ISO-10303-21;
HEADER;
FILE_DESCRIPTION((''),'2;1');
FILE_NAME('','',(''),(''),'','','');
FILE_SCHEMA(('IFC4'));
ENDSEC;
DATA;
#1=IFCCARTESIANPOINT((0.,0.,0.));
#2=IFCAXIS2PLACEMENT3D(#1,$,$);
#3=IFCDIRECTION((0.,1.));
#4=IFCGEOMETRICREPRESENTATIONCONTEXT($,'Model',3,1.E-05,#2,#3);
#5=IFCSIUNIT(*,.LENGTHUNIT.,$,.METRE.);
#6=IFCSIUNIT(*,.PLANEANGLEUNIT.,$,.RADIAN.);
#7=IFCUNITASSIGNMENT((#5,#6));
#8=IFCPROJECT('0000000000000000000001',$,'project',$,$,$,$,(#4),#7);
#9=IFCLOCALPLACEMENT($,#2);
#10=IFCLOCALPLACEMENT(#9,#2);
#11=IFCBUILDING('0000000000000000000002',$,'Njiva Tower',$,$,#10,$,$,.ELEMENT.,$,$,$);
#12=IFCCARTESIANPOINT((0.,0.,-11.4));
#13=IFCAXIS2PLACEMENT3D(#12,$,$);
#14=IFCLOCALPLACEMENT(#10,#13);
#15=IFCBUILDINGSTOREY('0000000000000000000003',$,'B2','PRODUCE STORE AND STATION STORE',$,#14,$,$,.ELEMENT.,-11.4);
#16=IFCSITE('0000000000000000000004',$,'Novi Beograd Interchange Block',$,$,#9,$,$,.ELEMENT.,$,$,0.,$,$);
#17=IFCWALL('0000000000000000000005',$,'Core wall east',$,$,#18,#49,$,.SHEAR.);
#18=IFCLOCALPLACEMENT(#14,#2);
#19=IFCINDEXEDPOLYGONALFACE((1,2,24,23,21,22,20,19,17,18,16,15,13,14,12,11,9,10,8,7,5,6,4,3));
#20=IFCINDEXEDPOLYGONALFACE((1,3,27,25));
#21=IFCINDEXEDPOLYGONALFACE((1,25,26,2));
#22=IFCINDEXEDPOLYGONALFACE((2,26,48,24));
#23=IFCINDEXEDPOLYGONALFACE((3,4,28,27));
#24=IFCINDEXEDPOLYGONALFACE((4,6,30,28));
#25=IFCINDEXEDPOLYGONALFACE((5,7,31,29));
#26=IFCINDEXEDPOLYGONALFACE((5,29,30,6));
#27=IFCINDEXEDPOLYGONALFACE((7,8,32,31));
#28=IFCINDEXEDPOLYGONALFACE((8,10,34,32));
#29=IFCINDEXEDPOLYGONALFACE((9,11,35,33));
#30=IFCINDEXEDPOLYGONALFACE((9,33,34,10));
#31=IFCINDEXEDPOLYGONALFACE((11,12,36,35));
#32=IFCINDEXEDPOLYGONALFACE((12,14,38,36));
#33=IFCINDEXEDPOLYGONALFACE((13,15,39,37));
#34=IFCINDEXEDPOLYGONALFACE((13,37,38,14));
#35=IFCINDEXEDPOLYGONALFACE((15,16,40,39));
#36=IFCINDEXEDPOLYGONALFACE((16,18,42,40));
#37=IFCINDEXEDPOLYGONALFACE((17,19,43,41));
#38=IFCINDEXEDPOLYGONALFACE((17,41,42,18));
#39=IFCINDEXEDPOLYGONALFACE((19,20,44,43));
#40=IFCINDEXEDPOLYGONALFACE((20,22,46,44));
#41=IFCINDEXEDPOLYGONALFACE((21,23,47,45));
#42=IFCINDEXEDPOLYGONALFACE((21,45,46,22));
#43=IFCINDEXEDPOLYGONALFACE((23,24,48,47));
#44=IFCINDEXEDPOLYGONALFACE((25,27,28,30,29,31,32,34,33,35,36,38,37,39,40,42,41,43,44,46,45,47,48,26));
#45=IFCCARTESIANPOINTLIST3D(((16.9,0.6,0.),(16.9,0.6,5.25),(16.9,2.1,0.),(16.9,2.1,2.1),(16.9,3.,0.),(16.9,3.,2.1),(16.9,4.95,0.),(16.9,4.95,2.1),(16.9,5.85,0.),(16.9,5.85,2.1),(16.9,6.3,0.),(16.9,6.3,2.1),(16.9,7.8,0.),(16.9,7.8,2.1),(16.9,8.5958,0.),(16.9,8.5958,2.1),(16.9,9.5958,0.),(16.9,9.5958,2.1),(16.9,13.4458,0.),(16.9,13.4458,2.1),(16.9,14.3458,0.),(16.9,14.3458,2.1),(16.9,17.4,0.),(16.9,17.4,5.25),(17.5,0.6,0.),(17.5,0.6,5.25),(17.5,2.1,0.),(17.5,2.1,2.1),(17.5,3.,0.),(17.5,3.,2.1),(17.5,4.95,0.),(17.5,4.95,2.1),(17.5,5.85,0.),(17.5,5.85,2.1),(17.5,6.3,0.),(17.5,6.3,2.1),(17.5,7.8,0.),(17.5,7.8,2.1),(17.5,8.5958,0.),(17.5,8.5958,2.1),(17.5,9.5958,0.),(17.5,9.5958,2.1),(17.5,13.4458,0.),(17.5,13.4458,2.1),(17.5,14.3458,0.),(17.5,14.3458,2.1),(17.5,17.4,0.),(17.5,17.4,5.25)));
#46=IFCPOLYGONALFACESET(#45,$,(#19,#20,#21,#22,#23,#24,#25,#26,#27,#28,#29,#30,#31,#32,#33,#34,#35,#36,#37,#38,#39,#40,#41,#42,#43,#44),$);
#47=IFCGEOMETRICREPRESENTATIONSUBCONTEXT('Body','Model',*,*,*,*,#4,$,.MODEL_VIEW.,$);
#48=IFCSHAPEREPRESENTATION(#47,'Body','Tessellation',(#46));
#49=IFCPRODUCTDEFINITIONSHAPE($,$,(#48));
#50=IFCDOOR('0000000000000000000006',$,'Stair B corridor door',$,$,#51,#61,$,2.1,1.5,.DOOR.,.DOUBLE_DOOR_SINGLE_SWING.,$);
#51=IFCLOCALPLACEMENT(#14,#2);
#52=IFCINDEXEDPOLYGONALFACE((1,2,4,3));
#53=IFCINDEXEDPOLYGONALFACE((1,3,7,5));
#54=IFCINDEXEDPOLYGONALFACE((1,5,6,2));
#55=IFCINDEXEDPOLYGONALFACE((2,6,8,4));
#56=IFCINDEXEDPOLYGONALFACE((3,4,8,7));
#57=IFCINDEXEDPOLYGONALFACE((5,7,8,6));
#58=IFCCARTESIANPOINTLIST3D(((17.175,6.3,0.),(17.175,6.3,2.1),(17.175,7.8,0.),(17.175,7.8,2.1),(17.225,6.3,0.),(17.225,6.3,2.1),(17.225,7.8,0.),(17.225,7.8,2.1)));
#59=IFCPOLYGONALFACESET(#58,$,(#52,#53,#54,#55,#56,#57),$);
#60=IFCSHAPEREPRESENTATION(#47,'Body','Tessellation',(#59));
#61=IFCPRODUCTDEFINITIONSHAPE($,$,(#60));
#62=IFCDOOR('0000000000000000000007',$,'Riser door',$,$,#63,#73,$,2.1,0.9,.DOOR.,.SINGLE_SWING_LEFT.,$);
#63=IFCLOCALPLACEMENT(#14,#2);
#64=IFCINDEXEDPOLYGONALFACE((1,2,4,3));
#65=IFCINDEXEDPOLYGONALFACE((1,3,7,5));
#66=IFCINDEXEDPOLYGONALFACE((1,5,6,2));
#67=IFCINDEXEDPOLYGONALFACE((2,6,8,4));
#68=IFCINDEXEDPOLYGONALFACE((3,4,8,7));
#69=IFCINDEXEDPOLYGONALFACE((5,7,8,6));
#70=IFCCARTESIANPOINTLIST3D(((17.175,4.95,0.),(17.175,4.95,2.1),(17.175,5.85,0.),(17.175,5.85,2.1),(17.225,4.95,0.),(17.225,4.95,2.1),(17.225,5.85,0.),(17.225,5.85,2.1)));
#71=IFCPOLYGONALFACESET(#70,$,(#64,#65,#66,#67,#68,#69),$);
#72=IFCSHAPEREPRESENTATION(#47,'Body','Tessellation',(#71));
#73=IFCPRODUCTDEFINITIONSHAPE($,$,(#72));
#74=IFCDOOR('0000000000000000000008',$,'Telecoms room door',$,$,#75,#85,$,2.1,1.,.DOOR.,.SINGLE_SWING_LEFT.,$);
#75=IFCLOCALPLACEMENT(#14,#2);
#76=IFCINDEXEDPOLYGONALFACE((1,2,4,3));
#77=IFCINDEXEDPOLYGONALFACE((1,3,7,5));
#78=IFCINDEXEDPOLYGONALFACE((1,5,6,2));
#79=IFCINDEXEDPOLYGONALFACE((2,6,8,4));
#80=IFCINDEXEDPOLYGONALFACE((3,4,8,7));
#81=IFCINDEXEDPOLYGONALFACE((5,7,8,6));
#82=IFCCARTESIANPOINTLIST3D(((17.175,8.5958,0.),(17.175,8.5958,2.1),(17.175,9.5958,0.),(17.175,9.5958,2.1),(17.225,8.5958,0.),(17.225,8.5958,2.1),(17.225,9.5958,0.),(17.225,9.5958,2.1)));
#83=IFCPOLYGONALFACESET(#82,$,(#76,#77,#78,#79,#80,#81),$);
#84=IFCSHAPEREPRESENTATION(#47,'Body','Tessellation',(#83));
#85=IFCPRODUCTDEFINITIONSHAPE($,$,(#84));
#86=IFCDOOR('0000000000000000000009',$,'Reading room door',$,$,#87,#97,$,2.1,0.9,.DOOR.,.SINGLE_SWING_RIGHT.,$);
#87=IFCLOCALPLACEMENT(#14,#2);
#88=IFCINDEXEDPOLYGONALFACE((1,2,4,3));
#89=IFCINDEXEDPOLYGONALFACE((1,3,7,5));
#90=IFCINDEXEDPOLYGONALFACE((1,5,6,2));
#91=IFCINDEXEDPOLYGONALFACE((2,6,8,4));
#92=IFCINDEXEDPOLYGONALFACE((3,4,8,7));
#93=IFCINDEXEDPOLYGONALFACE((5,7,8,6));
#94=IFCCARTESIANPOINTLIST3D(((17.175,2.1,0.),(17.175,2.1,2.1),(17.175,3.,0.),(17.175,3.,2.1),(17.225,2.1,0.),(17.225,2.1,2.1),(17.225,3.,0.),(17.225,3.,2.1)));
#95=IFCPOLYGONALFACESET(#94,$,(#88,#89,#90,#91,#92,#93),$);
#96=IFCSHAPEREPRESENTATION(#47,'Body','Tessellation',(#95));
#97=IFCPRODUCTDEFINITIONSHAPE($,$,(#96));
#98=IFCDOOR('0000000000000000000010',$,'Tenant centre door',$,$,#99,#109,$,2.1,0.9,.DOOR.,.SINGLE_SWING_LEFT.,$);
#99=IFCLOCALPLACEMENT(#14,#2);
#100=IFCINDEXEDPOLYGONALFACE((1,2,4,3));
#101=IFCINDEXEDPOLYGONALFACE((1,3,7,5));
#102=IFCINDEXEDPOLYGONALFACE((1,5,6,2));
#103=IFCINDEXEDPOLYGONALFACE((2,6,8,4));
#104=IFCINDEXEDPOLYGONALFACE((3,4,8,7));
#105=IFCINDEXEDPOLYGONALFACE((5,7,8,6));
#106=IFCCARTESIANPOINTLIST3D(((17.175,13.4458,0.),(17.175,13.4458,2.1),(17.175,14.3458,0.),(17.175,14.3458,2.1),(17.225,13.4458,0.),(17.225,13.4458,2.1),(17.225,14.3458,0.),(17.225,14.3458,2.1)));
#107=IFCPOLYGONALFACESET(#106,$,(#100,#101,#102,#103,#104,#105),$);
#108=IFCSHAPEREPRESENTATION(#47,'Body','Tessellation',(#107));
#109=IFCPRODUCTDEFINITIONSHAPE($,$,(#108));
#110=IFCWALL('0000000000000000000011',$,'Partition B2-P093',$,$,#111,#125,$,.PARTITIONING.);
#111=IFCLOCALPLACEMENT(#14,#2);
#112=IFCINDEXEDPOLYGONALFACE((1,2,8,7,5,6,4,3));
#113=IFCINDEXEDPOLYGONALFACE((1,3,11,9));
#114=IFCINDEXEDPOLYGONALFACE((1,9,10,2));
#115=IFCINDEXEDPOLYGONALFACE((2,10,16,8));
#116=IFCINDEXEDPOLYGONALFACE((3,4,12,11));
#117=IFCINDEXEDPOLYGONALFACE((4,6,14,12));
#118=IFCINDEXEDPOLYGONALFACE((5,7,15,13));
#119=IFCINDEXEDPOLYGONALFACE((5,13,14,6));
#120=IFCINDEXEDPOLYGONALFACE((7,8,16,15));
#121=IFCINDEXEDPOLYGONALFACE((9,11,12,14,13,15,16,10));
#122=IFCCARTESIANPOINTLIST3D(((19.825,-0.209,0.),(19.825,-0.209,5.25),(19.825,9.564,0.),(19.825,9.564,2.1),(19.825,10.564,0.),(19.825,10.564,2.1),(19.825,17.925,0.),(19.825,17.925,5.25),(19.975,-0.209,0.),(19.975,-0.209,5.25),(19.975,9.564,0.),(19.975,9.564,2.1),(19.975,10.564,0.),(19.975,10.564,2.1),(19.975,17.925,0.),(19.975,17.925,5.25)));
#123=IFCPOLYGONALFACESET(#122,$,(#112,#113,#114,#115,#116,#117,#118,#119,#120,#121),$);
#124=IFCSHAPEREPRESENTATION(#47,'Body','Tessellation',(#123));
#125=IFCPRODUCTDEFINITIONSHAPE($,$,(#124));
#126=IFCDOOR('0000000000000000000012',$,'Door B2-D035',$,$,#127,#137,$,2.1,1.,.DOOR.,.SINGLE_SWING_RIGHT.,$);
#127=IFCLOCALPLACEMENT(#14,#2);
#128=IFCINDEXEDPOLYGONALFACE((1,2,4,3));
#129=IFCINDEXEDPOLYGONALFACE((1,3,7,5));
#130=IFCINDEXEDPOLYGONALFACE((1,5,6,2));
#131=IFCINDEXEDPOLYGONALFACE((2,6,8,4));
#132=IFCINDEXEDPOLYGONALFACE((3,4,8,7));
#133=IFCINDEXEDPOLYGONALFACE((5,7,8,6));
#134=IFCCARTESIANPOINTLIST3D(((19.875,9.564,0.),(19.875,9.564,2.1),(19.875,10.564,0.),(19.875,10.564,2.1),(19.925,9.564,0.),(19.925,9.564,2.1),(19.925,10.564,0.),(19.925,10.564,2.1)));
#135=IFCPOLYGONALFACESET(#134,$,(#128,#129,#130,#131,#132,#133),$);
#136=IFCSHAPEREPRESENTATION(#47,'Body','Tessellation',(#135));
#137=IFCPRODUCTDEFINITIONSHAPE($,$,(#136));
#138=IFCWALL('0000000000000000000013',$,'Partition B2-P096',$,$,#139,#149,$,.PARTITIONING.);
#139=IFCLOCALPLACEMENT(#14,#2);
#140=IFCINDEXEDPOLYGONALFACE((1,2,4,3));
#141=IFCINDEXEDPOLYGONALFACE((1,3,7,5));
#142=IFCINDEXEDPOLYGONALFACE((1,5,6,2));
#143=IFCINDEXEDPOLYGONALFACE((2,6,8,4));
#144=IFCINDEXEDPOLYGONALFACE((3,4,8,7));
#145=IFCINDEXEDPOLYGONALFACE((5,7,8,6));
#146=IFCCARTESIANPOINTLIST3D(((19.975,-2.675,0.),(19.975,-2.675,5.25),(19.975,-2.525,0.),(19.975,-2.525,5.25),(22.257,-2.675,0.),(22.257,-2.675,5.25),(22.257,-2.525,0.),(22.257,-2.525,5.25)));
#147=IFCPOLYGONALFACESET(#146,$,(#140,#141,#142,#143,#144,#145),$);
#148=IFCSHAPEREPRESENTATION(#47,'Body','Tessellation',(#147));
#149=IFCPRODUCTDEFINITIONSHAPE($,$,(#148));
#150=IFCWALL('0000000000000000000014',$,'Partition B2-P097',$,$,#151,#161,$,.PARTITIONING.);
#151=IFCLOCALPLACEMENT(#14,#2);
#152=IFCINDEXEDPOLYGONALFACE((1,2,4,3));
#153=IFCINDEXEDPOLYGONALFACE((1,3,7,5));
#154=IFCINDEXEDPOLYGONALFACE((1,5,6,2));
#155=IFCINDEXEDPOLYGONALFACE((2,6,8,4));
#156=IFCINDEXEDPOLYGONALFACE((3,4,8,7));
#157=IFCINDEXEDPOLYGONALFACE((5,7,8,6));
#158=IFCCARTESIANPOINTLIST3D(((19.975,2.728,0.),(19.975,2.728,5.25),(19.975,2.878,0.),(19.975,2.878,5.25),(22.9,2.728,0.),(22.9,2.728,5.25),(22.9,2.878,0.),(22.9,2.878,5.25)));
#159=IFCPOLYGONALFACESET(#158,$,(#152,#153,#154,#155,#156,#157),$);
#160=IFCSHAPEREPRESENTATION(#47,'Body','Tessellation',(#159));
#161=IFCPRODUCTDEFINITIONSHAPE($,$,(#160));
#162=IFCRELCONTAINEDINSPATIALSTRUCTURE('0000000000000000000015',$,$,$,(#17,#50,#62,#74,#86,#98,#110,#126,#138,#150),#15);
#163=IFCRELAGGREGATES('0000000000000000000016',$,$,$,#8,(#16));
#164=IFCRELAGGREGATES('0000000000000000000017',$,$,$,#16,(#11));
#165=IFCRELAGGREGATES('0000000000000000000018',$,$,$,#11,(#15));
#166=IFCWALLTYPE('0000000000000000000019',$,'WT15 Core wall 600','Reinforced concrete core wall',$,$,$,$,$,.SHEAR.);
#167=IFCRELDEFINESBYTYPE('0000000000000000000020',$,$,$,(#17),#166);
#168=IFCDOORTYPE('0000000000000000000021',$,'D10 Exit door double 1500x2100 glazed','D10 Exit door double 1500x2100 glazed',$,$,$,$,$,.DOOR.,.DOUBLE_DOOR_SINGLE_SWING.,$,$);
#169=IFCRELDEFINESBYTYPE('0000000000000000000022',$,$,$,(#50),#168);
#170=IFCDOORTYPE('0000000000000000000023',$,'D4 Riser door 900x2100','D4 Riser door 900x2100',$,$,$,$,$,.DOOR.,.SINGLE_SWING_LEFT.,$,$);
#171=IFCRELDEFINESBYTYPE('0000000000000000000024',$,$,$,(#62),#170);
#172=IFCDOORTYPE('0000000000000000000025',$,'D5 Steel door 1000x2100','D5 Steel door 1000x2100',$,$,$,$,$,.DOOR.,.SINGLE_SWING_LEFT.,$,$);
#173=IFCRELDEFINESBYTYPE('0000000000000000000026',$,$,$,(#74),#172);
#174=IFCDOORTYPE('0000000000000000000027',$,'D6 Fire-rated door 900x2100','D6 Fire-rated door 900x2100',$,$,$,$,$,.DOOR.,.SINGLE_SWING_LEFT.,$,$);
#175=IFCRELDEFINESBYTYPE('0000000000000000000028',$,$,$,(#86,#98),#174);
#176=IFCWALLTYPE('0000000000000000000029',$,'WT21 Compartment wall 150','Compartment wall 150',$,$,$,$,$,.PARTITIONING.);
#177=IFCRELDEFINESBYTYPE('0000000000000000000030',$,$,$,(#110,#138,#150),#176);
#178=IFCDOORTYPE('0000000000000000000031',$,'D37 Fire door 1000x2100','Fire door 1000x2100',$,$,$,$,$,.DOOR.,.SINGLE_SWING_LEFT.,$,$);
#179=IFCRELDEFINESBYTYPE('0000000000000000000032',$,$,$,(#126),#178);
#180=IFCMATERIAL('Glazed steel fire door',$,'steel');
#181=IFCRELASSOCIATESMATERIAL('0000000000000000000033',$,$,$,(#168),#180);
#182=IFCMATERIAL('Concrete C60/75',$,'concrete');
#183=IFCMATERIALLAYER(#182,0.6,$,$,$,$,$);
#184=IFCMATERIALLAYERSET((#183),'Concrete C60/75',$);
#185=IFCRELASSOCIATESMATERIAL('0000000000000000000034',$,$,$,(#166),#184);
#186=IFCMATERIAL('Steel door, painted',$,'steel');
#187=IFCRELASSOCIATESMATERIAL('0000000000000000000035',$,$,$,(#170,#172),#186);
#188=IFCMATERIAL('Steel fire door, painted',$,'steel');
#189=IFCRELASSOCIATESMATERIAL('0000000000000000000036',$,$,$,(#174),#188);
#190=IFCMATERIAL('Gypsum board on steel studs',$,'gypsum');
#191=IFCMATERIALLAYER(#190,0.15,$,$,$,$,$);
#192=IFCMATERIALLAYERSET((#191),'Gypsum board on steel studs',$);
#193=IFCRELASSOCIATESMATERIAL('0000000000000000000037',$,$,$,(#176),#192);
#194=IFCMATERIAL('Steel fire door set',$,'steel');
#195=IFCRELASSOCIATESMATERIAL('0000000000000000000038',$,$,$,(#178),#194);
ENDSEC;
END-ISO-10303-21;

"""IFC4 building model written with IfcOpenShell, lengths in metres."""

from ifc_helpers import new_model, si_unit, direction, frame, frame_2d, origin, place, context, subcontext, project, spatial, rectangle, extrude, material, layer, layer_set, type_object, element, fill, save


model = new_model("IFC4")

# Units and contexts
model_context = context("Model", 3, precision=1e-05, world=origin(), true_north=direction((0.0, 1.0)))
body_context = subcontext(model_context, "Body", "Model", "MODEL_VIEW")
ifc_project = project(units=[si_unit("LENGTHUNIT", "METRE"), si_unit("PLANEANGLEUNIT", "RADIAN")], contexts=[model_context])

# Site, building, storey
site_placement = place(None, origin())
site = spatial("IfcSite", under=ifc_project, at=site_placement, Name="Novi Beograd Interchange Block", CompositionType="ELEMENT", RefElevation=0.0)
building_placement = place(site_placement, origin())
building = spatial("IfcBuilding", under=site, at=building_placement, Name="Njiva Tower", CompositionType="ELEMENT")
storey_placement = place(building_placement, frame((0.0, 0.0, -11.4)))
storey = spatial("IfcBuildingStorey", under=building, at=storey_placement, Name="B2", Description="PRODUCE STORE AND STATION STORE", CompositionType="ELEMENT", Elevation=-11.4)

# Shared definitions
ifc_material_1 = material(Name="Glazed steel fire door", Category="steel")
door_type_1 = type_object("IfcDoorType", Name="D10 Exit door double 1500x2100 glazed", Description="D10 Exit door double 1500x2100 glazed", OperationType="DOUBLE_DOOR_SINGLE_SWING", PredefinedType="DOOR", material=ifc_material_1)

# Wall, openings, doors
ifc_material_2 = material(Name="Concrete C60/75", Category="concrete")
ifc_layer_1 = layer(ifc_material_2, 0.6)
ifc_layer_set_1 = layer_set([ifc_layer_1], Name="Concrete C60/75")
wall_type_1 = type_object("IfcWallType", Name="WT15 Core wall 600", Description="Reinforced concrete core wall", PredefinedType="SHEAR", material=ifc_layer_set_1)
wall_1_placement = place(storey_placement, frame((17.2, 0.6, 0.0), z_axis=(0.0, 0.0, 1.0), x_axis=(0.0, 1.0, 0.0)))
wall_1 = element("IfcWall", 1, at=wall_1_placement, inside=storey, type_object=wall_type_1, Name="Core wall east", PredefinedType="SHEAR", context=body_context, shape_type="SweptSolid", body=[
    extrude(rectangle(XDim=16.8, YDim=0.6, at=frame_2d((8.4, 0.0))), origin(), (0.0, 0.0, 1.0), 5.25),
])
opening_1_placement = place(wall_1_placement, frame((5.7, 0.0, 0.0)))
opening_1 = element("IfcOpeningElement", 2, at=opening_1_placement, cuts=wall_1, PredefinedType="OPENING", context=body_context, shape_type="SweptSolid", body=[
    extrude(rectangle(XDim=1.5, YDim=2.1, at=frame_2d((0.75, 1.05))), frame((0.0, 0.31, 0.0), z_axis=(0.0, -1.0, 0.0), x_axis=(1.0, 0.0, 0.0)), (0.0, 0.0, 1.0), 0.62),
])
opening_2_placement = place(wall_1_placement, frame((1.5, 0.0, 0.0)))
opening_2 = element("IfcOpeningElement", 3, at=opening_2_placement, cuts=wall_1, PredefinedType="OPENING", context=body_context, shape_type="SweptSolid", body=[
    extrude(rectangle(XDim=0.9, YDim=2.1, at=frame_2d((0.45, 1.05))), frame((0.0, 0.31, 0.0), z_axis=(0.0, -1.0, 0.0), x_axis=(1.0, 0.0, 0.0)), (0.0, 0.0, 1.0), 0.62),
])
opening_3_placement = place(wall_1_placement, frame((4.35, 0.0, 0.0)))
opening_3 = element("IfcOpeningElement", 4, at=opening_3_placement, cuts=wall_1, PredefinedType="OPENING", context=body_context, shape_type="SweptSolid", body=[
    extrude(rectangle(XDim=0.9, YDim=2.1, at=frame_2d((0.45, 1.05))), frame((0.0, 0.31, 0.0), z_axis=(0.0, -1.0, 0.0), x_axis=(1.0, 0.0, 0.0)), (0.0, 0.0, 1.0), 0.62),
])
opening_4_placement = place(wall_1_placement, frame((7.9958, 0.0, 0.0)))
opening_4 = element("IfcOpeningElement", 5, at=opening_4_placement, cuts=wall_1, PredefinedType="OPENING", context=body_context, shape_type="SweptSolid", body=[
    extrude(rectangle(XDim=1.0, YDim=2.1, at=frame_2d((0.5, 1.05))), frame((0.0, 0.31, 0.0), z_axis=(0.0, -1.0, 0.0), x_axis=(1.0, 0.0, 0.0)), (0.0, 0.0, 1.0), 0.62),
])
opening_5_placement = place(wall_1_placement, frame((12.8458, 0.0, 0.0)))
opening_5 = element("IfcOpeningElement", 6, at=opening_5_placement, cuts=wall_1, PredefinedType="OPENING", context=body_context, shape_type="SweptSolid", body=[
    extrude(rectangle(XDim=0.9, YDim=2.1, at=frame_2d((0.45, 1.05))), frame((0.0, 0.31, 0.0), z_axis=(0.0, -1.0, 0.0), x_axis=(1.0, 0.0, 0.0)), (0.0, 0.0, 1.0), 0.62),
])
door_1_placement = place(opening_1_placement, origin())
door_1 = element("IfcDoor", 7, at=door_1_placement, inside=storey, type_object=door_type_1, Name="Stair B corridor door", OperationType="DOUBLE_DOOR_SINGLE_SWING", OverallHeight=2.1, OverallWidth=1.5, PredefinedType="DOOR", context=body_context, shape_type="SweptSolid", body=[
    extrude(rectangle(XDim=1.5, YDim=2.1, at=frame_2d((0.75, 1.05))), frame((0.0, 0.025, 0.0), z_axis=(0.0, -1.0, 0.0), x_axis=(1.0, 0.0, 0.0)), (0.0, 0.0, 1.0), 0.05),
])
fill(opening_1, door_1)
ifc_material_3 = material(Name="Steel door, painted", Category="steel")
door_type_2 = type_object("IfcDoorType", Name="D4 Riser door 900x2100", Description="D4 Riser door 900x2100", OperationType="SINGLE_SWING_LEFT", PredefinedType="DOOR", material=ifc_material_3)
door_2_placement = place(opening_3_placement, origin())
door_2 = element("IfcDoor", 8, at=door_2_placement, inside=storey, type_object=door_type_2, Name="Riser door", OperationType="SINGLE_SWING_LEFT", OverallHeight=2.1, OverallWidth=0.9, PredefinedType="DOOR", context=body_context, shape_type="SweptSolid", body=[
    extrude(rectangle(XDim=0.9, YDim=2.1, at=frame_2d((0.45, 1.05))), frame((0.0, 0.025, 0.0), z_axis=(0.0, -1.0, 0.0), x_axis=(1.0, 0.0, 0.0)), (0.0, 0.0, 1.0), 0.05),
])
fill(opening_3, door_2)
door_type_3 = type_object("IfcDoorType", Name="D5 Steel door 1000x2100", Description="D5 Steel door 1000x2100", OperationType="SINGLE_SWING_LEFT", PredefinedType="DOOR", material=ifc_material_3)
door_3_placement = place(opening_4_placement, origin())
door_3 = element("IfcDoor", 9, at=door_3_placement, inside=storey, type_object=door_type_3, Name="Telecoms room door", OperationType="SINGLE_SWING_LEFT", OverallHeight=2.1, OverallWidth=1.0, PredefinedType="DOOR", context=body_context, shape_type="SweptSolid", body=[
    extrude(rectangle(XDim=1.0, YDim=2.1, at=frame_2d((0.5, 1.05))), frame((0.0, 0.025, 0.0), z_axis=(0.0, -1.0, 0.0), x_axis=(1.0, 0.0, 0.0)), (0.0, 0.0, 1.0), 0.05),
])
fill(opening_4, door_3)
ifc_material_4 = material(Name="Steel fire door, painted", Category="steel")
door_type_4 = type_object("IfcDoorType", Name="D6 Fire-rated door 900x2100", Description="D6 Fire-rated door 900x2100", OperationType="SINGLE_SWING_LEFT", PredefinedType="DOOR", material=ifc_material_4)
door_4_placement = place(opening_2_placement, origin())
door_4 = element("IfcDoor", 10, at=door_4_placement, inside=storey, type_object=door_type_4, Name="Reading room door", OperationType="SINGLE_SWING_RIGHT", OverallHeight=2.1, OverallWidth=0.9, PredefinedType="DOOR", context=body_context, shape_type="SweptSolid", body=[
    extrude(rectangle(XDim=0.9, YDim=2.1, at=frame_2d((0.45, 1.05))), frame((0.0, 0.025, 0.0), z_axis=(0.0, -1.0, 0.0), x_axis=(1.0, 0.0, 0.0)), (0.0, 0.0, 1.0), 0.05),
])
fill(opening_2, door_4)
door_5_placement = place(opening_5_placement, origin())
door_5 = element("IfcDoor", 11, at=door_5_placement, inside=storey, type_object=door_type_4, Name="Tenant centre door", OperationType="SINGLE_SWING_LEFT", OverallHeight=2.1, OverallWidth=0.9, PredefinedType="DOOR", context=body_context, shape_type="SweptSolid", body=[
    extrude(rectangle(XDim=0.9, YDim=2.1, at=frame_2d((0.45, 1.05))), frame((0.0, 0.025, 0.0), z_axis=(0.0, -1.0, 0.0), x_axis=(1.0, 0.0, 0.0)), (0.0, 0.0, 1.0), 0.05),
])
fill(opening_5, door_5)

# Wall, opening, door
ifc_material_5 = material(Name="Gypsum board on steel studs", Category="gypsum")
ifc_layer_2 = layer(ifc_material_5, 0.15)
ifc_layer_set_2 = layer_set([ifc_layer_2], Name="Gypsum board on steel studs")
wall_type_2 = type_object("IfcWallType", Name="WT21 Compartment wall 150", Description="Compartment wall 150", PredefinedType="PARTITIONING", material=ifc_layer_set_2)
wall_2_placement = place(storey_placement, frame((19.9, -0.209, 0.0), z_axis=(0.0, 0.0, 1.0), x_axis=(0.0, 1.0, 0.0)))
wall_2 = element("IfcWall", 12, at=wall_2_placement, inside=storey, type_object=wall_type_2, Name="Partition B2-P093", PredefinedType="PARTITIONING", context=body_context, shape_type="SweptSolid", body=[
    extrude(rectangle(XDim=18.134, YDim=0.15, at=frame_2d((9.067, 0.0))), origin(), (0.0, 0.0, 1.0), 5.25),
])
opening_6_placement = place(wall_2_placement, frame((9.773, 0.0, 0.0)))
opening_6 = element("IfcOpeningElement", 13, at=opening_6_placement, cuts=wall_2, PredefinedType="OPENING", context=body_context, shape_type="SweptSolid", body=[
    extrude(rectangle(XDim=1.0, YDim=2.1, at=frame_2d((0.5, 1.05))), frame((0.0, 0.085, 0.0), z_axis=(0.0, -1.0, 0.0), x_axis=(1.0, 0.0, 0.0)), (0.0, 0.0, 1.0), 0.17),
])
ifc_material_6 = material(Name="Steel fire door set", Category="steel")
door_type_5 = type_object("IfcDoorType", Name="D37 Fire door 1000x2100", Description="Fire door 1000x2100", OperationType="SINGLE_SWING_LEFT", PredefinedType="DOOR", material=ifc_material_6)
door_6_placement = place(opening_6_placement, origin())
door_6 = element("IfcDoor", 14, at=door_6_placement, inside=storey, type_object=door_type_5, Name="Door B2-D035", OperationType="SINGLE_SWING_RIGHT", OverallHeight=2.1, OverallWidth=1.0, PredefinedType="DOOR", context=body_context, shape_type="SweptSolid", body=[
    extrude(rectangle(XDim=1.0, YDim=2.1, at=frame_2d((0.5, 1.05))), frame((0.0, 0.025, 0.0), z_axis=(0.0, -1.0, 0.0), x_axis=(1.0, 0.0, 0.0)), (0.0, 0.0, 1.0), 0.05),
])
fill(opening_6, door_6)

# Walls
wall_3_placement = place(storey_placement, frame((19.975, -2.6, 0.0), z_axis=(0.0, 0.0, 1.0), x_axis=(1.0, 0.0, 0.0)))
element("IfcWall", 15, at=wall_3_placement, inside=storey, type_object=wall_type_2, Name="Partition B2-P096", PredefinedType="PARTITIONING", context=body_context, shape_type="SweptSolid", body=[
    extrude(rectangle(XDim=2.282, YDim=0.15, at=frame_2d((1.141, 0.0))), origin(), (0.0, 0.0, 1.0), 5.25),
])
wall_4_placement = place(storey_placement, frame((19.975, 2.803, 0.0), z_axis=(0.0, 0.0, 1.0), x_axis=(1.0, 0.0, 0.0)))
element("IfcWall", 16, at=wall_4_placement, inside=storey, type_object=wall_type_2, Name="Partition B2-P097", PredefinedType="PARTITIONING", context=body_context, shape_type="SweptSolid", body=[
    extrude(rectangle(XDim=2.925, YDim=0.15, at=frame_2d((1.4625, 0.0))), origin(), (0.0, 0.0, 1.0), 5.25),
])

save(model, "model.ifc")
